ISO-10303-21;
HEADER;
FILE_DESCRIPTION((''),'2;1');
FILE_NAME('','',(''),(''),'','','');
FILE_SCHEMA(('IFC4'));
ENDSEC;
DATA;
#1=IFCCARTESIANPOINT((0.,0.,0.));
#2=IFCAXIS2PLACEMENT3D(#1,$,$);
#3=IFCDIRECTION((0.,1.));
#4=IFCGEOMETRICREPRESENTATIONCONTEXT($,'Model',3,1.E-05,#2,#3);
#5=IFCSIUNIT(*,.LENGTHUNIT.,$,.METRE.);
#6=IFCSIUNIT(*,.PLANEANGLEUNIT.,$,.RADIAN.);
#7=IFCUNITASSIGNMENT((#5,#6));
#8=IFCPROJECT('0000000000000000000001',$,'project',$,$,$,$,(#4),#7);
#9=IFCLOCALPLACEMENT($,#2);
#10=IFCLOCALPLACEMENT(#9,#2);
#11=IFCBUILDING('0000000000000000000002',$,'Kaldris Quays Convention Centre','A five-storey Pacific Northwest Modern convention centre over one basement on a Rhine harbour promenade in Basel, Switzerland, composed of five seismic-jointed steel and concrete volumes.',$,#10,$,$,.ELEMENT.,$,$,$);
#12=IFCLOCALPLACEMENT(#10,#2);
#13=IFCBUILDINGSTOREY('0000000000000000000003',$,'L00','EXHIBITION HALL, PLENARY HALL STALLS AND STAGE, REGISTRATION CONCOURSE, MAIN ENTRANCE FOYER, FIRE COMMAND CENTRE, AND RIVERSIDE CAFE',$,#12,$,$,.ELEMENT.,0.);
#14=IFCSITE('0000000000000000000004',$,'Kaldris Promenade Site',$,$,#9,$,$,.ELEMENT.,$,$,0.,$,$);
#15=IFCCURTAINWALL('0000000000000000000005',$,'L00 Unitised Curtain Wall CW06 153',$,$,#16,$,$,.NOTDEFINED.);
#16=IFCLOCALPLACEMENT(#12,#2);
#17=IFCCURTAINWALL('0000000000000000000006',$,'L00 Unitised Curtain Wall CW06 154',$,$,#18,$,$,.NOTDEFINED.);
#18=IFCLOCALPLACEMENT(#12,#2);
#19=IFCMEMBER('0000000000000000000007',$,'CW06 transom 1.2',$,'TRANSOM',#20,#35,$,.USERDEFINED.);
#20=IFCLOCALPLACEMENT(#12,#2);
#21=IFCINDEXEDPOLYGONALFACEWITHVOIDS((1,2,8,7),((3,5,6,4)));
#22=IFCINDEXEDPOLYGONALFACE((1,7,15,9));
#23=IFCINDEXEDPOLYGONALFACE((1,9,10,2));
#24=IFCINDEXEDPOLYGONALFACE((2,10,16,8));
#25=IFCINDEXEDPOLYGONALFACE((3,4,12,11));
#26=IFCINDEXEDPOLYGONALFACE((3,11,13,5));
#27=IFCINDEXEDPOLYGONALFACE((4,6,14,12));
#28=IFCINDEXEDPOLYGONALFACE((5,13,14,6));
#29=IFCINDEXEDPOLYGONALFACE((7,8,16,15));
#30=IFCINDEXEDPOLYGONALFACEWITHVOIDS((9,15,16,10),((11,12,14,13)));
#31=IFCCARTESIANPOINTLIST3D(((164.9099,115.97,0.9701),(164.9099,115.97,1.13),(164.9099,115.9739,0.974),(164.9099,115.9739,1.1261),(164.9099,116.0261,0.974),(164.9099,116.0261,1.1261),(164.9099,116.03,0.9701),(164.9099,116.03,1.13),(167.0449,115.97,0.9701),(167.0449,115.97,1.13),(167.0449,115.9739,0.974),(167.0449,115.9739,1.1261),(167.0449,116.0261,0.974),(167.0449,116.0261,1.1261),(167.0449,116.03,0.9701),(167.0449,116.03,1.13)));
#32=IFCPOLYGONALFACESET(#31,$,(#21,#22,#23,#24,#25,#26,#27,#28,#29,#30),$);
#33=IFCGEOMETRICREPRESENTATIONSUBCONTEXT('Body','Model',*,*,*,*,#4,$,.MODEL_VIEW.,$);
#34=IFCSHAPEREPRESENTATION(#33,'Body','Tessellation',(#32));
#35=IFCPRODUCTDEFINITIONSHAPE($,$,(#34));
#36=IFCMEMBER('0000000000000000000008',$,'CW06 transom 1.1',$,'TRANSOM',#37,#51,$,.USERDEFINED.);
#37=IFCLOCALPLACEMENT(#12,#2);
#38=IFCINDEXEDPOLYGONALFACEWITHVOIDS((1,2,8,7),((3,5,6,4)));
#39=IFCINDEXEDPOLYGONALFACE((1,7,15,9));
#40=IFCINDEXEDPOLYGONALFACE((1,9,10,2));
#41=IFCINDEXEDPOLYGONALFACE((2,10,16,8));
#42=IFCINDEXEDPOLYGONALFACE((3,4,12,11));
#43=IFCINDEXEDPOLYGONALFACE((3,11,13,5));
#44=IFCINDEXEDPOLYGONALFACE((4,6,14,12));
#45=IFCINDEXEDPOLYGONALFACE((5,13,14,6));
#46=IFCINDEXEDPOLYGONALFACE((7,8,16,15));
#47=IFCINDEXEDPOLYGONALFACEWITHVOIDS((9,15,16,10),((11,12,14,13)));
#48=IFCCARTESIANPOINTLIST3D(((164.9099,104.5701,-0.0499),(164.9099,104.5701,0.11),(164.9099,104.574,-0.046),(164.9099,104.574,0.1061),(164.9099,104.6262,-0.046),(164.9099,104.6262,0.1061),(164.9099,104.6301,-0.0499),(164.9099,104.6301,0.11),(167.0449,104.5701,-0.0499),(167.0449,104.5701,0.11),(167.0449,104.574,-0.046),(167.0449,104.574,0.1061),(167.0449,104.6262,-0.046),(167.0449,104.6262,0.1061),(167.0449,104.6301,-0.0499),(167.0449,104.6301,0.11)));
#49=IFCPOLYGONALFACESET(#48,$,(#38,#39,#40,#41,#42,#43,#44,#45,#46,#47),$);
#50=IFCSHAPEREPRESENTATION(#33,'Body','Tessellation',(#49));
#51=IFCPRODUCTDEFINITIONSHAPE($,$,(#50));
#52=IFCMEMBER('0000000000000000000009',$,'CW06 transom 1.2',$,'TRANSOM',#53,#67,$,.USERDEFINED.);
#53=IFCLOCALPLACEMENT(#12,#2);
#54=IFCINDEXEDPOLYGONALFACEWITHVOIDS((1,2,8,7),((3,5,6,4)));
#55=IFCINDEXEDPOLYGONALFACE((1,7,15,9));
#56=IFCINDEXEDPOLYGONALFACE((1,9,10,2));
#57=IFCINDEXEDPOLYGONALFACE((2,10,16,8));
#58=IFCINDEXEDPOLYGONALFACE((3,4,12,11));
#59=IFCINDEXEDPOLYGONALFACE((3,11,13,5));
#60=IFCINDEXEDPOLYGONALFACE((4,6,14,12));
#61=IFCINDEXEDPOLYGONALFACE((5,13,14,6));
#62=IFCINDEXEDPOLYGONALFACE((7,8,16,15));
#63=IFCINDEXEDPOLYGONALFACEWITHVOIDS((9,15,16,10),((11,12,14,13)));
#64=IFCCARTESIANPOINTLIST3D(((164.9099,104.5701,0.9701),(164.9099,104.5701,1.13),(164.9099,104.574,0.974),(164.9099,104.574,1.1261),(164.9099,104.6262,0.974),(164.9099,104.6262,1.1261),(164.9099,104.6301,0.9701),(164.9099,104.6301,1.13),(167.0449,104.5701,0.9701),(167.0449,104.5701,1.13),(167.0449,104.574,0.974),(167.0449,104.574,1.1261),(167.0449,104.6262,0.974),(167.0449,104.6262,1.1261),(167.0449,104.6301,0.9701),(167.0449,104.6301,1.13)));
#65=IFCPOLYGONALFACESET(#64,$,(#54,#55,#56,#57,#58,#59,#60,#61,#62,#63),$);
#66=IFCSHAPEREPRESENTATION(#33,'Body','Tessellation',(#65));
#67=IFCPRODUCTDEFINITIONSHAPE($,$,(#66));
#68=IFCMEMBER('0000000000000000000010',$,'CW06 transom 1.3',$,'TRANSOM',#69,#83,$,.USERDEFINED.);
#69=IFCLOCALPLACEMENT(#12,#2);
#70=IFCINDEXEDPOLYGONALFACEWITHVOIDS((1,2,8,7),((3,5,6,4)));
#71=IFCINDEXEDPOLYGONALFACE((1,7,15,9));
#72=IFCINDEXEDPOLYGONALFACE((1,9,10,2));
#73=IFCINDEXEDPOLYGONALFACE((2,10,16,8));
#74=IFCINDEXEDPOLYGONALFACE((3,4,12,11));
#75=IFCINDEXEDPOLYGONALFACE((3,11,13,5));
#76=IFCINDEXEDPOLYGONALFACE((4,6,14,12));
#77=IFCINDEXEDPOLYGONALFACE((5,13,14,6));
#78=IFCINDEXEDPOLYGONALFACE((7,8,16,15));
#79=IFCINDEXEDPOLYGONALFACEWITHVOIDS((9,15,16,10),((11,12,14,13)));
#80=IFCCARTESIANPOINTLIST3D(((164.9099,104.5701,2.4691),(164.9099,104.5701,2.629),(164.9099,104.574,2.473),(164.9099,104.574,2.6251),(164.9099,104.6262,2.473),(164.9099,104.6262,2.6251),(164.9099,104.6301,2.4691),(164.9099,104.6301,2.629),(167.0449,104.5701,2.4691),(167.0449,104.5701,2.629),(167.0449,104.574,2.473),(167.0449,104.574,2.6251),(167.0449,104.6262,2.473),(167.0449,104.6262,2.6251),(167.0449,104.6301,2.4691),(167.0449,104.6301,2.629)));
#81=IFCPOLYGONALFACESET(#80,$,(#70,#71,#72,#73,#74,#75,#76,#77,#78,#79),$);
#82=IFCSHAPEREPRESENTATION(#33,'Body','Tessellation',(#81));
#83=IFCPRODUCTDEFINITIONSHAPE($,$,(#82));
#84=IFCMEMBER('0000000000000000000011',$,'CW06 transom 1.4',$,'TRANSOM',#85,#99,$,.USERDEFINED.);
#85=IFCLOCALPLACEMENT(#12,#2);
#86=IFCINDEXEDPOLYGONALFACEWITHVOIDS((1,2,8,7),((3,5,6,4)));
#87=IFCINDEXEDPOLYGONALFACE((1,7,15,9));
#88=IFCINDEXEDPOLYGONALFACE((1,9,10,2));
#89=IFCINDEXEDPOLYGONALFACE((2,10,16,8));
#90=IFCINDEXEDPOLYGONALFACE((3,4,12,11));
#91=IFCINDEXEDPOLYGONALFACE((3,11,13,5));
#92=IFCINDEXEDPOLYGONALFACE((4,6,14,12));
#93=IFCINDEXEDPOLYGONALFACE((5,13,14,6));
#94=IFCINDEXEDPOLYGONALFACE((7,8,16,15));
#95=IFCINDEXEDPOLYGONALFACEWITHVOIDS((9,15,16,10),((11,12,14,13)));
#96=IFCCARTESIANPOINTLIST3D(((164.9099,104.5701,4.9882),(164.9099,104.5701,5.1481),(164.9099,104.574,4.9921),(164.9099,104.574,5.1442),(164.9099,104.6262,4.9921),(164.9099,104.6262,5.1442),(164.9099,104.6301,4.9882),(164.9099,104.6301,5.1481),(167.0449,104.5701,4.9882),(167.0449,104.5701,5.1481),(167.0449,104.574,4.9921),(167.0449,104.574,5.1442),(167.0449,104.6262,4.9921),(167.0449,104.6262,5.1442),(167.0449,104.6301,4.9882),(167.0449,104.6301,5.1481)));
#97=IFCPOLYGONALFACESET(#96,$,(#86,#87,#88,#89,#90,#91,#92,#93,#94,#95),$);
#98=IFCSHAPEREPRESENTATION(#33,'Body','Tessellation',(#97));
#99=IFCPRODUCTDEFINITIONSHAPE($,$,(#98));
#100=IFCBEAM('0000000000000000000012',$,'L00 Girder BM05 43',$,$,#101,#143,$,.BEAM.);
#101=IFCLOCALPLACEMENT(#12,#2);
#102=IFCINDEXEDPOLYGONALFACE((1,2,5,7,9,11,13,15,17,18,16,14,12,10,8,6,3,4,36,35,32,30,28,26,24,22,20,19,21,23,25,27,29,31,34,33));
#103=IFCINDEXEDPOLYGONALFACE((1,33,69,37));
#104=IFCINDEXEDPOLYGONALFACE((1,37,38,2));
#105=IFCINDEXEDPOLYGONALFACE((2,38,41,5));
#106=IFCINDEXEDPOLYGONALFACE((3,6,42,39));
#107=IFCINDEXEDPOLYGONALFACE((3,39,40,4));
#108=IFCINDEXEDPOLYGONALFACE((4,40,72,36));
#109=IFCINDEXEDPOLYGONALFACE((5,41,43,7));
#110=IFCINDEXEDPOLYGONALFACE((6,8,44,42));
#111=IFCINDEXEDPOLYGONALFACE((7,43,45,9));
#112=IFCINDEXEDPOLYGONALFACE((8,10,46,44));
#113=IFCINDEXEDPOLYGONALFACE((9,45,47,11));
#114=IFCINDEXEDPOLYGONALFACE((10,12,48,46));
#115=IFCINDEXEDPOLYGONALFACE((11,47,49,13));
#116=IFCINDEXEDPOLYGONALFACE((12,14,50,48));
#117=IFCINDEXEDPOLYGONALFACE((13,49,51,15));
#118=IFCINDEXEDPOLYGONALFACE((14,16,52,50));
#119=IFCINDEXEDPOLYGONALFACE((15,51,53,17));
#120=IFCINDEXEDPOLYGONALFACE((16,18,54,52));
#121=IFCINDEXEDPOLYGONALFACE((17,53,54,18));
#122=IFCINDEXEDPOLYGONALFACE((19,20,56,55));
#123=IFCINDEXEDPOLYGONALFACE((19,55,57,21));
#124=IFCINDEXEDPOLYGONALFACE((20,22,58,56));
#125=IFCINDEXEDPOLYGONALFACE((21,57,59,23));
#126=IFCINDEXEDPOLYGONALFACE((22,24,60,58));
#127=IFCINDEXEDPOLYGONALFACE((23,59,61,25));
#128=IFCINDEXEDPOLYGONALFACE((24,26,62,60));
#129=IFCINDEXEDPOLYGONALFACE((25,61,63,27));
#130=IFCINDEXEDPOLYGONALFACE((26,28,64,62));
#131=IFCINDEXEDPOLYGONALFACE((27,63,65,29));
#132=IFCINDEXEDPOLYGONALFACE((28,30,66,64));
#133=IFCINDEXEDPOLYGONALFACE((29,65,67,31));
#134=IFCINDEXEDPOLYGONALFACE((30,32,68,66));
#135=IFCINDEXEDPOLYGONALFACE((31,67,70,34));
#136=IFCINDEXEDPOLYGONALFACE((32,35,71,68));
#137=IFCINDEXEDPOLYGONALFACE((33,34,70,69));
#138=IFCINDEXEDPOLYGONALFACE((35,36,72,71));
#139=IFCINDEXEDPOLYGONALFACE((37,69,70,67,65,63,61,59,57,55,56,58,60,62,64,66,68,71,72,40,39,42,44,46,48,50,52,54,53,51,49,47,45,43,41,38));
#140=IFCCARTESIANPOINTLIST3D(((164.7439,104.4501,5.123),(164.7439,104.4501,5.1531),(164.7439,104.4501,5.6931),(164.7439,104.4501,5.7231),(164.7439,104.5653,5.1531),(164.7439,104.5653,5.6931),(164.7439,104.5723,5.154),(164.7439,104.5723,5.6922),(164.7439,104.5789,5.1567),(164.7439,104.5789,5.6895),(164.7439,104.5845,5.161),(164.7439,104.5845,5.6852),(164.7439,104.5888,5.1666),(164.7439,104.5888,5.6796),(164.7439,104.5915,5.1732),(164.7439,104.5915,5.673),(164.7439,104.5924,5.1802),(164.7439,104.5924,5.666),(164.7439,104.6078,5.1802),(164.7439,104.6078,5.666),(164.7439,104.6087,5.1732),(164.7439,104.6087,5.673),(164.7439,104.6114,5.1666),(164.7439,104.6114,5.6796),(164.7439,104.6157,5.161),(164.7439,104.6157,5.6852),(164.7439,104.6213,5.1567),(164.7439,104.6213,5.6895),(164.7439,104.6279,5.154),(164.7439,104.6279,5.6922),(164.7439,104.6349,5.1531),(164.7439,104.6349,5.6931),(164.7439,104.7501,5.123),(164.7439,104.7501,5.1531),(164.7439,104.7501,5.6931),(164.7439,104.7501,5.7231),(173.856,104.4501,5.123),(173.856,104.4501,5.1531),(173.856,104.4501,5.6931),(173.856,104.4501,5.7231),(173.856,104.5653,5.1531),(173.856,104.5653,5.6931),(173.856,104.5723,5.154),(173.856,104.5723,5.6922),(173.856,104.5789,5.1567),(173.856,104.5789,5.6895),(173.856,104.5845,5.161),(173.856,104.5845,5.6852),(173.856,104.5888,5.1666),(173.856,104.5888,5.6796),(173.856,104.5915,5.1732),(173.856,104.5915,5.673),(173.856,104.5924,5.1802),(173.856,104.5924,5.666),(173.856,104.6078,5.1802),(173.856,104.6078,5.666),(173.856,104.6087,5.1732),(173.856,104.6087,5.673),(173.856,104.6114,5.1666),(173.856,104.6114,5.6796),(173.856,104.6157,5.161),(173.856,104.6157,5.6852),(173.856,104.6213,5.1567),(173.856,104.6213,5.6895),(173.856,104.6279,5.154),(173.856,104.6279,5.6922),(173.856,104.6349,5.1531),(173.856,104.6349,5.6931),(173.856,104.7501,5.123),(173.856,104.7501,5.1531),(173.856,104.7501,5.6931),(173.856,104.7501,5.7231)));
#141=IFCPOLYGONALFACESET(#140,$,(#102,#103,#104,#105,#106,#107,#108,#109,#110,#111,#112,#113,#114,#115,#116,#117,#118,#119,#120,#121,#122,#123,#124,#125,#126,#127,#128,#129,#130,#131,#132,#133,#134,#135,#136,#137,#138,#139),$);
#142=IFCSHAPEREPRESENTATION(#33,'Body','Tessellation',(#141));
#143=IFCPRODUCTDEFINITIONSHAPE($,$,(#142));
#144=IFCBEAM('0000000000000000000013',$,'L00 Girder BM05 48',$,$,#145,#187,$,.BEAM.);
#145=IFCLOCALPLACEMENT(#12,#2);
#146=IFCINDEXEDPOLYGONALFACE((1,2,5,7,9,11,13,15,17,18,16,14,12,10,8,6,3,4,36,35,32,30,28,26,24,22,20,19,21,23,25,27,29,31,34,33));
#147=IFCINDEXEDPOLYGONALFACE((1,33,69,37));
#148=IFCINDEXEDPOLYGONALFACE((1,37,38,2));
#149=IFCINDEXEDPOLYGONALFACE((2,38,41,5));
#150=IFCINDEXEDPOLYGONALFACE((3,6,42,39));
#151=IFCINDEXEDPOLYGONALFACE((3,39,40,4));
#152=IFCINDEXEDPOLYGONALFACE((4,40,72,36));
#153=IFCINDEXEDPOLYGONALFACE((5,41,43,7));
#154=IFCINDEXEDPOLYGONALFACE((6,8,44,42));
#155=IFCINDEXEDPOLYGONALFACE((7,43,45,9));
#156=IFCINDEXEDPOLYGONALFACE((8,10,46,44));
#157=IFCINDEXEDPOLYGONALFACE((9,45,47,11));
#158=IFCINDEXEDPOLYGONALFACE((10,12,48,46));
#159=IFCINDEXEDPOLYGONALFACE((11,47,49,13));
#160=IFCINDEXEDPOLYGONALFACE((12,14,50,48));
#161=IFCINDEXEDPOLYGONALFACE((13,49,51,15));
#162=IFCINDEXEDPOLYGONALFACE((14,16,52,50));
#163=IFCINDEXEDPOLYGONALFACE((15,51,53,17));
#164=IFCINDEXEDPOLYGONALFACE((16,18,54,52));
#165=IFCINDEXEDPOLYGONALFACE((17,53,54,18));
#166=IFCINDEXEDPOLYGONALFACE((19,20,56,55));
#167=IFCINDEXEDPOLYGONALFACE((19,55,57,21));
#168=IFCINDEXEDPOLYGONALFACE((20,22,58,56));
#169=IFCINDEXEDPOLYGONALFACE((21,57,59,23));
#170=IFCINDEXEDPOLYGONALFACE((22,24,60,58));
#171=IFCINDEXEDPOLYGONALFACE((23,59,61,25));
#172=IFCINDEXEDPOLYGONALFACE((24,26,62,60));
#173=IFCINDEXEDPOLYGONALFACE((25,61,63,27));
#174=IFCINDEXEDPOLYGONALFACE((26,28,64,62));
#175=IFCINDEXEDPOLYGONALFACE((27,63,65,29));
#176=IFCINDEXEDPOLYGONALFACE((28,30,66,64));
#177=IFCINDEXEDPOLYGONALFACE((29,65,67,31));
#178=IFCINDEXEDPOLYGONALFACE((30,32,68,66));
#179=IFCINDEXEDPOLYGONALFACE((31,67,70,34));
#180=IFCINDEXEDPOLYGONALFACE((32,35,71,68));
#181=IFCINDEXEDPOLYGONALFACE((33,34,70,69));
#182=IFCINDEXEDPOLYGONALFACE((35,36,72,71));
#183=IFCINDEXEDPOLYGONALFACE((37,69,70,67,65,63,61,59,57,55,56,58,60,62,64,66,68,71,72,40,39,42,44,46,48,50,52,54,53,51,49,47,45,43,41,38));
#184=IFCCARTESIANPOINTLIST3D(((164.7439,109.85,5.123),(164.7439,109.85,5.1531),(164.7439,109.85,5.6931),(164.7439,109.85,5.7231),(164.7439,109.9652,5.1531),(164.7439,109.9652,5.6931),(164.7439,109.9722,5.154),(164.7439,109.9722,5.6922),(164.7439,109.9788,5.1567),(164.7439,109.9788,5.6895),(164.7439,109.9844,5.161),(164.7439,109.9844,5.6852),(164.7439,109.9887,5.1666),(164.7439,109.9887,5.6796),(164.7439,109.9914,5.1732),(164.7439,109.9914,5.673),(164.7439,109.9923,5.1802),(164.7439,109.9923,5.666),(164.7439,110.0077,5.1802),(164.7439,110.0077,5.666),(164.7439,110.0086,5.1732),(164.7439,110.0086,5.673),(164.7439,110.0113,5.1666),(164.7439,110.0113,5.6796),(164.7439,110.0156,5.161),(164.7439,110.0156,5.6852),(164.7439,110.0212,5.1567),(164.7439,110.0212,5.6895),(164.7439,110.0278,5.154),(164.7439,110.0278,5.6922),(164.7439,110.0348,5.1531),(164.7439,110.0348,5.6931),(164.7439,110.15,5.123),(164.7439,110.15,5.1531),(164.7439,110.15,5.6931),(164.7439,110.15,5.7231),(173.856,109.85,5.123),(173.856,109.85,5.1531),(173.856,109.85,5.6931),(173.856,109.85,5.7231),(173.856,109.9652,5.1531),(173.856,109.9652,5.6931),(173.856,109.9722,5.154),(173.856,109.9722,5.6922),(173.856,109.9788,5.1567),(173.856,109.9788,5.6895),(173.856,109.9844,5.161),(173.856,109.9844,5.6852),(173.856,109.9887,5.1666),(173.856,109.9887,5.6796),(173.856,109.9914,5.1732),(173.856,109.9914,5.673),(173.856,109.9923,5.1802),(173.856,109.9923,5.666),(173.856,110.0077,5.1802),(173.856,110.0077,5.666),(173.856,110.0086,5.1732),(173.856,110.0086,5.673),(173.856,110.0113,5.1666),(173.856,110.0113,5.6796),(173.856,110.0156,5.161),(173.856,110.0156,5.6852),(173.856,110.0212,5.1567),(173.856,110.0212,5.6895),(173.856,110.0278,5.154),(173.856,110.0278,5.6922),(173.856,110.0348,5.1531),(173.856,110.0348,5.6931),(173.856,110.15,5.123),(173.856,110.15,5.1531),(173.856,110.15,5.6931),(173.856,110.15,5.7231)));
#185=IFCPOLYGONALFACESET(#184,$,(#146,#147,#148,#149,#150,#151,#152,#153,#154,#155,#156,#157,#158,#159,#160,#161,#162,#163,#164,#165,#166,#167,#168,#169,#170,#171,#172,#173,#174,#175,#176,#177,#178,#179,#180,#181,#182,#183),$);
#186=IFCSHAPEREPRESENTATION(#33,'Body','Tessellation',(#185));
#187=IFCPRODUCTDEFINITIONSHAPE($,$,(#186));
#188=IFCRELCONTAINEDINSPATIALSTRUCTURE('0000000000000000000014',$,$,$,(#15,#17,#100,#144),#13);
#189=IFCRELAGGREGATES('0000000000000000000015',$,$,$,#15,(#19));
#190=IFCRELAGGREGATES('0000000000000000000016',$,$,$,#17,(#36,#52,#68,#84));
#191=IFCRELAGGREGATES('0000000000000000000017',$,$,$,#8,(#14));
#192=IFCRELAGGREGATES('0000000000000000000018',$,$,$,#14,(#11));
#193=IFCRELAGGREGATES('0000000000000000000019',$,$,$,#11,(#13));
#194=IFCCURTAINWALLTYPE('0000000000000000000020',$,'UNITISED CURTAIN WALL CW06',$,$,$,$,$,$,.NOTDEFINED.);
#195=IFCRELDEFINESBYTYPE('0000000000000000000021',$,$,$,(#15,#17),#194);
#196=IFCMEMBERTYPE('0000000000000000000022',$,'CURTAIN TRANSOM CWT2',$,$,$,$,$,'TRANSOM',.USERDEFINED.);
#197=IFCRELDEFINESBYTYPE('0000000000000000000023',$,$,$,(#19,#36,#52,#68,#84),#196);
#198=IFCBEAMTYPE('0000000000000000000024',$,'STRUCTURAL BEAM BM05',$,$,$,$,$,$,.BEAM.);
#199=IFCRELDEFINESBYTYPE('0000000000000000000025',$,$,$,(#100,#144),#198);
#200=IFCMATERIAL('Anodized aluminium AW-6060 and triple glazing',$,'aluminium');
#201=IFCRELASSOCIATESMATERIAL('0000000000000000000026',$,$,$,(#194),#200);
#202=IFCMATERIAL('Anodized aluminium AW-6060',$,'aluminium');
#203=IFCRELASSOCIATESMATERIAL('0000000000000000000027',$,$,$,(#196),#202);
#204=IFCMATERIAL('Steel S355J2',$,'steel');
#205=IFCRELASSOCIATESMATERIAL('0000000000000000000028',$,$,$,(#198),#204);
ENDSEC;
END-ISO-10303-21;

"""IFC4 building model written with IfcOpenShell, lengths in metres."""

from ifc_helpers import new_model, si_unit, direction, frame, origin, origin_2d, place, context, subcontext, project, spatial, hollow_rectangle, i_section, extrude, material, material_profile, profile_set, type_object, element, aggregate, save


model = new_model("IFC4")

# Units and contexts
model_context = context("Model", 3, precision=1e-05, world=origin(), true_north=direction((0.0, 1.0)))
body_context = subcontext(model_context, "Body", "Model", "MODEL_VIEW")
ifc_project = project(units=[si_unit("LENGTHUNIT", "METRE"), si_unit("PLANEANGLEUNIT", "RADIAN")], contexts=[model_context])

# Site, building, storey
site_placement = place(None, origin())
site = spatial("IfcSite", under=ifc_project, at=site_placement, Name="Kaldris Promenade Site", CompositionType="ELEMENT", RefElevation=0.0)
building_placement = place(site_placement, origin())
building = spatial("IfcBuilding", under=site, at=building_placement, Name="Kaldris Quays Convention Centre", Description="A five-storey Pacific Northwest Modern convention centre over one basement on a Rhine harbour promenade in Basel, Switzerland, composed of five seismic-jointed steel and concrete volumes.", CompositionType="ELEMENT")
storey_placement = place(building_placement, origin())
storey = spatial("IfcBuildingStorey", under=building, at=storey_placement, Name="L00", Description="EXHIBITION HALL, PLENARY HALL STALLS AND STAGE, REGISTRATION CONCOURSE, MAIN ENTRANCE FOYER, FIRE COMMAND CENTRE, AND RIVERSIDE CAFE", CompositionType="ELEMENT", Elevation=0.0)

# Shared definitions
ifc_material_1 = material(Name="Steel S355J2", Category="steel")

# Curtain walls
ifc_material_2 = material(Name="Anodized aluminium AW-6060 and triple glazing", Category="aluminium")
curtain_wall_type = type_object("IfcCurtainWallType", Name="UNITISED CURTAIN WALL CW06", PredefinedType="NOTDEFINED", material=ifc_material_2)
curtain_wall_1_placement = place(storey_placement, origin())
curtain_wall_1 = element("IfcCurtainWall", 1, at=curtain_wall_1_placement, inside=storey, type_object=curtain_wall_type, Name="L00 Unitised Curtain Wall CW06 153", PredefinedType="NOTDEFINED")
ifc_material_3 = material(Name="Anodized aluminium AW-6060", Category="aluminium")
curtain_wall_2_placement = place(storey_placement, origin())
curtain_wall_2 = element("IfcCurtainWall", 2, at=curtain_wall_2_placement, inside=storey, type_object=curtain_wall_type, Name="L00 Unitised Curtain Wall CW06 154", PredefinedType="NOTDEFINED")

# Members
ifc_material_profile_1 = material_profile(ifc_material_3, hollow_rectangle(XDim=0.0601, YDim=0.1599, WallThickness=0.0039, at=origin_2d()), Name="RHS 160x60x4")
ifc_profile_set_1 = profile_set([ifc_material_profile_1], Name="Anodized aluminium AW-6060")
member_type_1 = type_object("IfcMemberType", Name="CURTAIN TRANSOM CWT2", ElementType="TRANSOM", PredefinedType="USERDEFINED", material=ifc_profile_set_1)
member_1_placement = place(storey_placement, frame((164.9099, 116.0, 1.05), z_axis=(1.0, 0.0, 0.0), x_axis=(0.0, 1.0, 0.0)))
member_1 = element("IfcMember", 3, at=member_1_placement, type_object=member_type_1, Name="CW06 transom 1.2", ObjectType="TRANSOM", PredefinedType="USERDEFINED", context=body_context, shape_type="SweptSolid", body=[
    extrude(hollow_rectangle(XDim=0.0601, YDim=0.1599, WallThickness=0.0039, at=origin_2d()), origin(), (0.0, 0.0, 1.0), 2.135),
])
aggregate(curtain_wall_1, [member_1])
member_2_placement = place(storey_placement, frame((164.9099, 104.6001, 0.03), z_axis=(1.0, 0.0, 0.0), x_axis=(0.0, 1.0, 0.0)))
member_2 = element("IfcMember", 4, at=member_2_placement, type_object=member_type_1, Name="CW06 transom 1.1", ObjectType="TRANSOM", PredefinedType="USERDEFINED", context=body_context, shape_type="SweptSolid", body=[
    extrude(hollow_rectangle(XDim=0.0601, YDim=0.1599, WallThickness=0.0039, at=origin_2d()), origin(), (0.0, 0.0, 1.0), 2.135),
])
member_3_placement = place(storey_placement, frame((164.9099, 104.6001, 1.05), z_axis=(1.0, 0.0, 0.0), x_axis=(0.0, 1.0, 0.0)))
member_3 = element("IfcMember", 5, at=member_3_placement, type_object=member_type_1, Name="CW06 transom 1.2", ObjectType="TRANSOM", PredefinedType="USERDEFINED", context=body_context, shape_type="SweptSolid", body=[
    extrude(hollow_rectangle(XDim=0.0601, YDim=0.1599, WallThickness=0.0039, at=origin_2d()), origin(), (0.0, 0.0, 1.0), 2.135),
])
member_4_placement = place(storey_placement, frame((164.9099, 104.6001, 2.5491), z_axis=(1.0, 0.0, 0.0), x_axis=(0.0, 1.0, 0.0)))
member_4 = element("IfcMember", 6, at=member_4_placement, type_object=member_type_1, Name="CW06 transom 1.3", ObjectType="TRANSOM", PredefinedType="USERDEFINED", context=body_context, shape_type="SweptSolid", body=[
    extrude(hollow_rectangle(XDim=0.0601, YDim=0.1599, WallThickness=0.0039, at=origin_2d()), origin(), (0.0, 0.0, 1.0), 2.135),
])
member_5_placement = place(storey_placement, frame((164.9099, 104.6001, 5.0681), z_axis=(1.0, 0.0, 0.0), x_axis=(0.0, 1.0, 0.0)))
member_5 = element("IfcMember", 7, at=member_5_placement, type_object=member_type_1, Name="CW06 transom 1.4", ObjectType="TRANSOM", PredefinedType="USERDEFINED", context=body_context, shape_type="SweptSolid", body=[
    extrude(hollow_rectangle(XDim=0.0601, YDim=0.1599, WallThickness=0.0039, at=origin_2d()), origin(), (0.0, 0.0, 1.0), 2.135),
])
aggregate(curtain_wall_2, [member_2, member_3, member_4, member_5])

# Beams
ifc_material_profile_2 = material_profile(ifc_material_1, i_section(OverallWidth=0.3, OverallDepth=0.6001, WebThickness=0.0154, FlangeThickness=0.03, FilletRadius=0.0271, at=origin_2d()), Name="HEB 600")
ifc_profile_set_2 = profile_set([ifc_material_profile_2], Name="Steel S355J2")
beam_type_1 = type_object("IfcBeamType", Name="STRUCTURAL BEAM BM05", PredefinedType="BEAM", material=ifc_profile_set_2)
for number, where, z_axis, x_axis, name in (
    (8, (164.7439, 104.6001, 5.4231), (1.0, 0.0, 0.0), (0.0, 1.0, 0.0), "L00 Girder BM05 43"),
    (9, (164.7439, 110.0, 5.4231), (1.0, 0.0, 0.0), (0.0, 1.0, 0.0), "L00 Girder BM05 48"),
):
    element("IfcBeam", number, at=place(storey_placement, frame(where, z_axis=z_axis, x_axis=x_axis)), inside=storey, type_object=beam_type_1, Name=name, PredefinedType="BEAM", context=body_context, shape_type="SweptSolid", body=[
        extrude(i_section(OverallWidth=0.3, OverallDepth=0.6001, WebThickness=0.0154, FlangeThickness=0.03, FilletRadius=0.0271, at=origin_2d()), origin(), (0.0, 0.0, 1.0), 9.1121),
    ])

save(model, "model.ifc")
